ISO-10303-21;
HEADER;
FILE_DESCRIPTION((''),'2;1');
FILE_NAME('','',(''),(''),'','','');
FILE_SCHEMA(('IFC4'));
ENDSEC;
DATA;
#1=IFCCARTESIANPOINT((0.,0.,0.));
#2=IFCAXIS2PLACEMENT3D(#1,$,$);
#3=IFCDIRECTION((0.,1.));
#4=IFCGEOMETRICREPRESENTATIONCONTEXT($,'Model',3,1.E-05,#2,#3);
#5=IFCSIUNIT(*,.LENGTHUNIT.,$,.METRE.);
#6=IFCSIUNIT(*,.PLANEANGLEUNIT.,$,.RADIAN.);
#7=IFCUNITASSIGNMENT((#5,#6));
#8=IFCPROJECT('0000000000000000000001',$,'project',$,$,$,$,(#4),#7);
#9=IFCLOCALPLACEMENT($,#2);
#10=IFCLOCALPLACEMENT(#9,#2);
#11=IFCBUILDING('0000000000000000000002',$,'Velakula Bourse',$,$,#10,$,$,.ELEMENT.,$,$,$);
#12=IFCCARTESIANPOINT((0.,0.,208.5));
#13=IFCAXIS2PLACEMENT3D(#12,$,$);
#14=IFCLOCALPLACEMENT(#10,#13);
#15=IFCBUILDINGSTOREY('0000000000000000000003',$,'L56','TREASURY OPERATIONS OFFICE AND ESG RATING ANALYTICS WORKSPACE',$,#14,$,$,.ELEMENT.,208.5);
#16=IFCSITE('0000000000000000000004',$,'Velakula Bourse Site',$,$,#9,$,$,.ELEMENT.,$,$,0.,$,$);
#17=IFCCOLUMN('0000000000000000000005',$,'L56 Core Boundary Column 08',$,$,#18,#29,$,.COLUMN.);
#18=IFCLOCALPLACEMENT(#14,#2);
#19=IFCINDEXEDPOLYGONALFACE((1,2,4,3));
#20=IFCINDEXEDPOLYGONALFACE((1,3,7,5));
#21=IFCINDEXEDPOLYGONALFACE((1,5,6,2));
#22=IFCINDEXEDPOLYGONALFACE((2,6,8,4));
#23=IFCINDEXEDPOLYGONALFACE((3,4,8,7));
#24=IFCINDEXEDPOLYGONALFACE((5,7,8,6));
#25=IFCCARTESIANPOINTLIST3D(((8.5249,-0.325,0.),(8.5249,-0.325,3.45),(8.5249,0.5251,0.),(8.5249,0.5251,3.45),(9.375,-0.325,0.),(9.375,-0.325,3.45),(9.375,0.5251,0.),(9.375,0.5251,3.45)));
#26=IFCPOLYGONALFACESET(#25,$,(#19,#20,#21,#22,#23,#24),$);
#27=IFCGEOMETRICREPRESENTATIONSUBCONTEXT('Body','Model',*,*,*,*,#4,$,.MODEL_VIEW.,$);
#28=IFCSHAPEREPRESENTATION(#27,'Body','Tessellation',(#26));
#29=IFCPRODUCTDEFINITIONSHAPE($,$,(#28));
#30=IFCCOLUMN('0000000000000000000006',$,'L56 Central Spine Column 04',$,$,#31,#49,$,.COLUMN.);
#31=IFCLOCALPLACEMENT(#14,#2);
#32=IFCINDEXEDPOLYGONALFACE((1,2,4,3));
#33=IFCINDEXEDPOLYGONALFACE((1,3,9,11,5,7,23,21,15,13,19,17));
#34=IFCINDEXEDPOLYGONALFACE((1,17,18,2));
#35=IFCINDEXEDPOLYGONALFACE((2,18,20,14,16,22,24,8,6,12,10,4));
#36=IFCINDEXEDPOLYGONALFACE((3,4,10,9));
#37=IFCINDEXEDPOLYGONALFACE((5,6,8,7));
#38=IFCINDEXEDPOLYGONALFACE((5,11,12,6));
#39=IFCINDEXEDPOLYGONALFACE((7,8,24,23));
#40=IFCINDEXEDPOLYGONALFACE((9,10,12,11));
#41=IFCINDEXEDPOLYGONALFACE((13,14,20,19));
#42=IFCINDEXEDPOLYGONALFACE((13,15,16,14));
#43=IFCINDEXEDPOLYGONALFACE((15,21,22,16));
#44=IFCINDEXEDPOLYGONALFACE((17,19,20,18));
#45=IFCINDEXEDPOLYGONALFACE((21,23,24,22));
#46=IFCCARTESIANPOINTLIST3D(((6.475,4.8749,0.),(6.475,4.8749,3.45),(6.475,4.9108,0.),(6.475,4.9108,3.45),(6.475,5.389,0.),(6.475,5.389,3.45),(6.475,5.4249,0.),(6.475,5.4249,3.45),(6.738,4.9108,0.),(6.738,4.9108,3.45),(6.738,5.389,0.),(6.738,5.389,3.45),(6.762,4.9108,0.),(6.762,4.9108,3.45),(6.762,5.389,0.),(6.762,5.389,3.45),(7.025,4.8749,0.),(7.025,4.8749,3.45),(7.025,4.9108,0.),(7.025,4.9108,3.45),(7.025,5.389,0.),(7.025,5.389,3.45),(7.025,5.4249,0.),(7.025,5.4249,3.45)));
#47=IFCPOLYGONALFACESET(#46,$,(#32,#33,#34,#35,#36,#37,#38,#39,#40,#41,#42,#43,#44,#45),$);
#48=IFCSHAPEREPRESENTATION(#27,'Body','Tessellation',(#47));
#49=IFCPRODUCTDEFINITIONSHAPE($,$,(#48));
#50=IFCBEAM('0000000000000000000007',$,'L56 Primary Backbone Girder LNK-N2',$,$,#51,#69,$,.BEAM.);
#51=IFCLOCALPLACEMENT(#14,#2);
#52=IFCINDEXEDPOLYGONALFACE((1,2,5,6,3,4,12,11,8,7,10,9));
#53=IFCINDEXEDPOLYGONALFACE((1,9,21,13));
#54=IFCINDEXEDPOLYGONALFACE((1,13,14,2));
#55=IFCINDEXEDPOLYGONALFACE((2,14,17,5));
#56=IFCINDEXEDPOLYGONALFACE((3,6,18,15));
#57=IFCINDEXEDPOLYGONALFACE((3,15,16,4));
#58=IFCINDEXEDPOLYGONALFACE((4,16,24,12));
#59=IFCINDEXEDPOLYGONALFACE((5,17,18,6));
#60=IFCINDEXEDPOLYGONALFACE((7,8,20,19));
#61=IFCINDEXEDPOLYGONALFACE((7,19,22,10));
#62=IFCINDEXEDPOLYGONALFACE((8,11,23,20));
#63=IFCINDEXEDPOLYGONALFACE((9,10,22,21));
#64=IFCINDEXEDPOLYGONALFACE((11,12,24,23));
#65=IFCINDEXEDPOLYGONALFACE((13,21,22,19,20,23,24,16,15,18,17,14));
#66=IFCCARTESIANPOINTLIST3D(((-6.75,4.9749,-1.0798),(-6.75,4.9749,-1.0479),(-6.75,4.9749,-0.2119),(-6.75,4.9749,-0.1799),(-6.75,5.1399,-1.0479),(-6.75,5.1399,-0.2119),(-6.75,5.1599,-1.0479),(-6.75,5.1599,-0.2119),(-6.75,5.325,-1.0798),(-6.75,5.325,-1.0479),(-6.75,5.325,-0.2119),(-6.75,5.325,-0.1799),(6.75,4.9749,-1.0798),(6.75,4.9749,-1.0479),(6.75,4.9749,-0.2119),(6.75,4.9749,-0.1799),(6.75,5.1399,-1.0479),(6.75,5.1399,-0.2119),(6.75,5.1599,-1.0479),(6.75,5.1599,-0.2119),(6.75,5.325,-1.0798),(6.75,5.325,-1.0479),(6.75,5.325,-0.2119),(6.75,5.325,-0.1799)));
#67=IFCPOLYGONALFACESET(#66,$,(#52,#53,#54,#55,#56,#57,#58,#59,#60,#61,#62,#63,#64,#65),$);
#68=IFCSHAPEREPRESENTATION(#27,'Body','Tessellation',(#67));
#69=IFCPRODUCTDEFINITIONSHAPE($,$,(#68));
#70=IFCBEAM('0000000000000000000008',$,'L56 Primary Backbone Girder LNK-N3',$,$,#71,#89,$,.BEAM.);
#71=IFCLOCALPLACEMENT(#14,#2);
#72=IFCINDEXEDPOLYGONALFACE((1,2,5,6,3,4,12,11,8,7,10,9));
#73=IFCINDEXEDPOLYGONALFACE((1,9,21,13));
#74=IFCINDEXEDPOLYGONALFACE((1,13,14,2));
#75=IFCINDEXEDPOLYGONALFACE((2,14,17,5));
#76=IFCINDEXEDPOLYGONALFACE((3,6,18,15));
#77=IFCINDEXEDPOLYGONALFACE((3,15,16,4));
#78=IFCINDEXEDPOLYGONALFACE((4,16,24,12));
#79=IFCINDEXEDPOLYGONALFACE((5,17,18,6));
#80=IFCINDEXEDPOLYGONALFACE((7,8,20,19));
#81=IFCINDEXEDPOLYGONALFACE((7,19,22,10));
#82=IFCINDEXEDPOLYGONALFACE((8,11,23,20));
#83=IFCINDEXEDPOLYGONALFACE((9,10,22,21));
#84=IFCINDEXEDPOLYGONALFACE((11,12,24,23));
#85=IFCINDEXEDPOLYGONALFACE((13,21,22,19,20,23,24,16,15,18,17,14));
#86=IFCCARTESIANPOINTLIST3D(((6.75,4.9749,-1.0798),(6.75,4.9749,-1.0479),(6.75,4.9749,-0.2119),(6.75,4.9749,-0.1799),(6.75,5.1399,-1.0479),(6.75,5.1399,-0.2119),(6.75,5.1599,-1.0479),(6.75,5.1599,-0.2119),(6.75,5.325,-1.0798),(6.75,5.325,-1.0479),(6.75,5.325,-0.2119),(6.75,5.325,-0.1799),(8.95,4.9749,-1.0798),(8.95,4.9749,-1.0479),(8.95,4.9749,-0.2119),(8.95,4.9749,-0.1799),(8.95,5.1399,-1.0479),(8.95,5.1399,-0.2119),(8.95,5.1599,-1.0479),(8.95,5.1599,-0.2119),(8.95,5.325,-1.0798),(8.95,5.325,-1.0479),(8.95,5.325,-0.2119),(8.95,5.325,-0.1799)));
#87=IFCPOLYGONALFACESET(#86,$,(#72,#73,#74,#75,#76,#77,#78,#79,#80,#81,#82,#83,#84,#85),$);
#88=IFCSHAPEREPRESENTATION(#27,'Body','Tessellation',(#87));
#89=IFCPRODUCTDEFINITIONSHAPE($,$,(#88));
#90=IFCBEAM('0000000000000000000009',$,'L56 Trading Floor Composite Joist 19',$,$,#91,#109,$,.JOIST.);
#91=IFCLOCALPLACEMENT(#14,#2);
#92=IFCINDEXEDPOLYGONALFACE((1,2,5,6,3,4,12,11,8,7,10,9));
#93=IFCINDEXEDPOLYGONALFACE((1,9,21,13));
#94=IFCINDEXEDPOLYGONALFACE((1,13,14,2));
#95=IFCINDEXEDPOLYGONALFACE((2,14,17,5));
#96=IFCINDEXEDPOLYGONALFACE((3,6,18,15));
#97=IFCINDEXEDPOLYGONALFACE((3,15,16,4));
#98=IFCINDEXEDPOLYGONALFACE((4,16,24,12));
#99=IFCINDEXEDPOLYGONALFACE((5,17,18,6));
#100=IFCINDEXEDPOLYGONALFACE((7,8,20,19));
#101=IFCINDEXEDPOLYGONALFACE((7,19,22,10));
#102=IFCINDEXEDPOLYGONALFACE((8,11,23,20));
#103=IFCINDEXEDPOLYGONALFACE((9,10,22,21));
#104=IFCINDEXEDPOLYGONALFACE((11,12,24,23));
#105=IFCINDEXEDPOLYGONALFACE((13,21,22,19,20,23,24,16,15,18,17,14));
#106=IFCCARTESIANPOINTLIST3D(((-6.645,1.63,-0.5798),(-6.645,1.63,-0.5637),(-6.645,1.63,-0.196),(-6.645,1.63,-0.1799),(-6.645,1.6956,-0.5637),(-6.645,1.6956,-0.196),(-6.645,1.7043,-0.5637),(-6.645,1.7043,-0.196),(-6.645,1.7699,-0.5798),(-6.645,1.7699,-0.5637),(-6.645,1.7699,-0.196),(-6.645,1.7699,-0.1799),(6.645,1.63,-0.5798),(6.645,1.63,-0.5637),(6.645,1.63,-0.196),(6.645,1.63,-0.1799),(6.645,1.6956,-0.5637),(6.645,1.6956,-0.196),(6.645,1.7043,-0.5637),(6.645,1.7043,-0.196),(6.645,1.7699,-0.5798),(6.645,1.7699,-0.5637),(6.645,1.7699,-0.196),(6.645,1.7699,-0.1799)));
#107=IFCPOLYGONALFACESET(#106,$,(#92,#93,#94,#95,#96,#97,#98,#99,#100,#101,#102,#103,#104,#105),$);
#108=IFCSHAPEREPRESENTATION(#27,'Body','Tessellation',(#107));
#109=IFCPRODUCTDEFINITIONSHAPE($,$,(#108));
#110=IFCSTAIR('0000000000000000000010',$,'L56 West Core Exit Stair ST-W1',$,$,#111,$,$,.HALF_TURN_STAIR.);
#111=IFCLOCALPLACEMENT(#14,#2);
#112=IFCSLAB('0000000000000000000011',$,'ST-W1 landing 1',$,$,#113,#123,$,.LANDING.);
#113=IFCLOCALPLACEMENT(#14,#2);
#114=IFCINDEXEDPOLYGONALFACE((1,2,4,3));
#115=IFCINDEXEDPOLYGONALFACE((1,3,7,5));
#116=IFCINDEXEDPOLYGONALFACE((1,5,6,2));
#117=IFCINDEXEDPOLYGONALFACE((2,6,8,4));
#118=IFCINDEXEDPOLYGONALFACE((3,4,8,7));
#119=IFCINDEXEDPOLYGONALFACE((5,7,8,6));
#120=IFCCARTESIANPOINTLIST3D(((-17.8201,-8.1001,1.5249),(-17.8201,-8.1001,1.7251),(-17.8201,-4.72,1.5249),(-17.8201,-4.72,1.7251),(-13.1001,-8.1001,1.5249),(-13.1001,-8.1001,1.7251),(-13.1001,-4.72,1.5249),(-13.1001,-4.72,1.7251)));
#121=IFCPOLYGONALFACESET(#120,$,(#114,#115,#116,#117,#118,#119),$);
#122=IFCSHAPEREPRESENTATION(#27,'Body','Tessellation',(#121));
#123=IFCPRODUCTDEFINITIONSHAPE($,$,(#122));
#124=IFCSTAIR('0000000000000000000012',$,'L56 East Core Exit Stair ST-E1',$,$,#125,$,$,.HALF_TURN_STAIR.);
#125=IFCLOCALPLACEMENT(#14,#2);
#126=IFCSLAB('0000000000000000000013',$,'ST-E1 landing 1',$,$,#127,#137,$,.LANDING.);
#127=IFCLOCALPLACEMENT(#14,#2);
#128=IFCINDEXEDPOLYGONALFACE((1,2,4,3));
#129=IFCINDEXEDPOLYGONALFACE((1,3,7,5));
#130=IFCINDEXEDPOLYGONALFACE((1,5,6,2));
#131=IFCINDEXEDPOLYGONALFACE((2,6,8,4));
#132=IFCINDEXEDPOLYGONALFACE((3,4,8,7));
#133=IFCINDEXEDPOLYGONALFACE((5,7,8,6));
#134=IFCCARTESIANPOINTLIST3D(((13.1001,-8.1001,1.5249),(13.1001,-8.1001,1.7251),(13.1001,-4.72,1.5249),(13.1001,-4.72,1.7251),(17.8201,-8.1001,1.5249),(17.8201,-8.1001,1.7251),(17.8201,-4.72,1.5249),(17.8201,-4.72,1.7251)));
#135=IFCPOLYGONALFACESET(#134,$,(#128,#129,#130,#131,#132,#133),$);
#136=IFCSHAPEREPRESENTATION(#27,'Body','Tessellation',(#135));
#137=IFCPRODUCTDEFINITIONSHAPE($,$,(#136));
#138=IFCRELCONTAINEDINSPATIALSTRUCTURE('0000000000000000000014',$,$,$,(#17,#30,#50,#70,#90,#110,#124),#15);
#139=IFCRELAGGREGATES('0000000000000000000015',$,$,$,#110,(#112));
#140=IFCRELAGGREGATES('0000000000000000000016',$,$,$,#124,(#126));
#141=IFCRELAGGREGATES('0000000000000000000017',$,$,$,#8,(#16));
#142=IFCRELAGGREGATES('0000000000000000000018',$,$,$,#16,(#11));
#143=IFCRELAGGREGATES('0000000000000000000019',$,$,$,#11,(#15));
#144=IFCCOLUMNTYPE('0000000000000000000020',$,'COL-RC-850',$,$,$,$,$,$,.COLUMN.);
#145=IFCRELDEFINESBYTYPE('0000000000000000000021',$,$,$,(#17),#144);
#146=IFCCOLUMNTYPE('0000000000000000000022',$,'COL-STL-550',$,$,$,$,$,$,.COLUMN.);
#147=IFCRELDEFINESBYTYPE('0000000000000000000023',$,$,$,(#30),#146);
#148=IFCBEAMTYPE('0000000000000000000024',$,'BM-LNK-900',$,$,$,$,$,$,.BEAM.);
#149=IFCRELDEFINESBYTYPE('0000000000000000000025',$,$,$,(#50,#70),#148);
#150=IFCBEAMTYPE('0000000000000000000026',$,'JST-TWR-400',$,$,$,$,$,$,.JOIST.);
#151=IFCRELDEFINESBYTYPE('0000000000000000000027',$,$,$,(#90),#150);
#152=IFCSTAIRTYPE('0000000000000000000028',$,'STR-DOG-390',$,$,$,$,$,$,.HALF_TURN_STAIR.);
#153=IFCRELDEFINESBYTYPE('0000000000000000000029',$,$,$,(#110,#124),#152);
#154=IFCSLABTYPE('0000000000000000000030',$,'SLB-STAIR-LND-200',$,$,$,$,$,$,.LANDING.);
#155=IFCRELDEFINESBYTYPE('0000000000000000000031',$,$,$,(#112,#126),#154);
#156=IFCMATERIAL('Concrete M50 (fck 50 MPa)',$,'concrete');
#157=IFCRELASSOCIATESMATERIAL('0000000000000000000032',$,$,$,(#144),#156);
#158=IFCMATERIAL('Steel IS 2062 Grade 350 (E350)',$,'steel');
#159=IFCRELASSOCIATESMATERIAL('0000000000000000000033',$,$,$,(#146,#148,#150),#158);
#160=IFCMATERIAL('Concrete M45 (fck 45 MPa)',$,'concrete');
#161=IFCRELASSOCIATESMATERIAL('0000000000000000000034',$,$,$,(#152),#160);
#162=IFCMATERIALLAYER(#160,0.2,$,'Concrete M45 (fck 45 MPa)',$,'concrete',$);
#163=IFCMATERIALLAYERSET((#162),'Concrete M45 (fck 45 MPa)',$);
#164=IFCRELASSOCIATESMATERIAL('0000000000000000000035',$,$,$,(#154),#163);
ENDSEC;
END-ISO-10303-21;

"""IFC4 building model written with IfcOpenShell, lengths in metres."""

from ifc_helpers import new_model, si_unit, direction, frame, origin, origin_2d, place, context, subcontext, project, spatial, polyline, rectangle, i_section, outline, extrude, material, layer, layer_set, material_profile, profile_set, type_object, element, aggregate, save


model = new_model("IFC4")

# Units and contexts
model_context = context("Model", 3, precision=1e-05, world=origin(), true_north=direction((0.0, 1.0)))
body_context = subcontext(model_context, "Body", "Model", "MODEL_VIEW")
ifc_project = project(units=[si_unit("LENGTHUNIT", "METRE"), si_unit("PLANEANGLEUNIT", "RADIAN")], contexts=[model_context])

# Site, building, storey
site_placement = place(None, origin())
site = spatial("IfcSite", under=ifc_project, at=site_placement, Name="Velakula Bourse Site", CompositionType="ELEMENT", RefElevation=0.0)
building_placement = place(site_placement, origin())
building = spatial("IfcBuilding", under=site, at=building_placement, Name="Velakula Bourse", CompositionType="ELEMENT")
storey_placement = place(building_placement, frame((0.0, 0.0, 208.5)))
storey = spatial("IfcBuildingStorey", under=building, at=storey_placement, Name="L56", Description="TREASURY OPERATIONS OFFICE AND ESG RATING ANALYTICS WORKSPACE", CompositionType="ELEMENT", Elevation=208.5)

# Columns
ifc_material_1 = material(Name="Concrete M50 (fck 50 MPa)", Category="concrete")
ifc_material_profile_1 = material_profile(ifc_material_1, rectangle(XDim=0.8501, YDim=0.8501, at=origin_2d()), Name="Concrete M50 (fck 50 MPa)")
ifc_profile_set_1 = profile_set([ifc_material_profile_1], Name="Concrete M50 (fck 50 MPa)")
column_type_1 = type_object("IfcColumnType", Name="COL-RC-850", PredefinedType="COLUMN", material=ifc_profile_set_1)
column_1_placement = place(storey_placement, frame((8.95, 0.1001, 0.0), z_axis=(0.0, 0.0, 1.0), x_axis=(1.0, 0.0, 0.0)))
element("IfcColumn", 1, at=column_1_placement, inside=storey, type_object=column_type_1, Name="L56 Core Boundary Column 08", PredefinedType="COLUMN", context=body_context, shape_type="SweptSolid", body=[
    extrude(rectangle(XDim=0.8501, YDim=0.8501, at=origin_2d()), origin(), (0.0, 0.0, 1.0), 3.45),
])
ifc_material_2 = material(Name="Steel IS 2062 Grade 350 (E350)", Category="steel")
ifc_material_profile_2 = material_profile(ifc_material_2, i_section(OverallWidth=0.55, OverallDepth=0.55, WebThickness=0.0239, FlangeThickness=0.0359, at=origin_2d()), Name="Steel IS 2062 Grade 350 (E350)")
ifc_profile_set_2 = profile_set([ifc_material_profile_2], Name="Steel IS 2062 Grade 350 (E350)")
column_type_2 = type_object("IfcColumnType", Name="COL-STL-550", PredefinedType="COLUMN", material=ifc_profile_set_2)
column_2_placement = place(storey_placement, frame((6.75, 5.1499, 0.0), z_axis=(0.0, 0.0, 1.0), x_axis=(1.0, 0.0, 0.0)))
element("IfcColumn", 2, at=column_2_placement, inside=storey, type_object=column_type_2, Name="L56 Central Spine Column 04", PredefinedType="COLUMN", context=body_context, shape_type="SweptSolid", body=[
    extrude(i_section(OverallWidth=0.55, OverallDepth=0.55, WebThickness=0.0239, FlangeThickness=0.0359, at=origin_2d()), origin(), (0.0, 0.0, 1.0), 3.45),
])

# Beams
ifc_material_profile_3 = material_profile(ifc_material_2, i_section(OverallWidth=0.3501, OverallDepth=0.8999, WebThickness=0.02, FlangeThickness=0.032, at=origin_2d()), Name="Steel IS 2062 Grade 350 (E350)")
ifc_profile_set_3 = profile_set([ifc_material_profile_3], Name="Steel IS 2062 Grade 350 (E350)")
beam_type_1 = type_object("IfcBeamType", Name="BM-LNK-900", PredefinedType="BEAM", material=ifc_profile_set_3)
beam_1_placement = place(storey_placement, frame((-6.75, 5.1499, -0.6299), z_axis=(1.0, 0.0, 0.0), x_axis=(0.0, 1.0, 0.0)))
element("IfcBeam", 3, at=beam_1_placement, inside=storey, type_object=beam_type_1, Name="L56 Primary Backbone Girder LNK-N2", PredefinedType="BEAM", context=body_context, shape_type="SweptSolid", body=[
    extrude(i_section(OverallWidth=0.3501, OverallDepth=0.8999, WebThickness=0.02, FlangeThickness=0.032, at=origin_2d()), origin(), (0.0, 0.0, 1.0), 13.5),
])
beam_2_placement = place(storey_placement, frame((6.75, 5.1499, -0.6299), z_axis=(1.0, 0.0, 0.0), x_axis=(0.0, 1.0, 0.0)))
element("IfcBeam", 4, at=beam_2_placement, inside=storey, type_object=beam_type_1, Name="L56 Primary Backbone Girder LNK-N3", PredefinedType="BEAM", context=body_context, shape_type="SweptSolid", body=[
    extrude(i_section(OverallWidth=0.3501, OverallDepth=0.8999, WebThickness=0.02, FlangeThickness=0.032, at=origin_2d()), origin(), (0.0, 0.0, 1.0), 2.2),
])
ifc_material_profile_4 = material_profile(ifc_material_2, i_section(OverallWidth=0.1399, OverallDepth=0.3999, WebThickness=0.0088, FlangeThickness=0.0161, at=origin_2d()), Name="Steel IS 2062 Grade 350 (E350)")
ifc_profile_set_4 = profile_set([ifc_material_profile_4], Name="Steel IS 2062 Grade 350 (E350)")
beam_type_2 = type_object("IfcBeamType", Name="JST-TWR-400", PredefinedType="JOIST", material=ifc_profile_set_4)
beam_3_placement = place(storey_placement, frame((-6.645, 1.7, -0.3799), z_axis=(1.0, 0.0, 0.0), x_axis=(0.0, 1.0, 0.0)))
element("IfcBeam", 5, at=beam_3_placement, inside=storey, type_object=beam_type_2, Name="L56 Trading Floor Composite Joist 19", PredefinedType="JOIST", context=body_context, shape_type="SweptSolid", body=[
    extrude(i_section(OverallWidth=0.1399, OverallDepth=0.3999, WebThickness=0.0088, FlangeThickness=0.0161, at=origin_2d()), origin(), (0.0, 0.0, 1.0), 13.29),
])

# Stairs, slabs
ifc_material_3 = material(Name="Concrete M45 (fck 45 MPa)", Category="concrete")
stair_type = type_object("IfcStairType", Name="STR-DOG-390", PredefinedType="HALF_TURN_STAIR", material=ifc_material_3)
stair_1_placement = place(storey_placement, origin())
stair_1 = element("IfcStair", 6, at=stair_1_placement, inside=storey, type_object=stair_type, Name="L56 West Core Exit Stair ST-W1", PredefinedType="HALF_TURN_STAIR")
ifc_layer_1 = layer(ifc_material_3, 0.2, Name="Concrete M45 (fck 45 MPa)", Category="concrete")
ifc_layer_set_1 = layer_set([ifc_layer_1], Name="Concrete M45 (fck 45 MPa)")
slab_type_1 = type_object("IfcSlabType", Name="SLB-STAIR-LND-200", PredefinedType="LANDING", material=ifc_layer_set_1)
slab_1_placement = place(storey_placement, frame((0.0, 0.0, 1.5249)))
slab_1 = element("IfcSlab", 7, at=slab_1_placement, type_object=slab_type_1, Name="ST-W1 landing 1", PredefinedType="LANDING", context=body_context, shape_type="SweptSolid", body=[
    extrude(outline(polyline([(-17.8201, -4.72), (-17.8201, -8.1001), (-13.1001, -8.1001), (-13.1001, -4.72), (-17.8201, -4.72)])), origin(), (0.0, 0.0, 1.0), 0.2002),
])
aggregate(stair_1, [slab_1])
stair_2_placement = place(storey_placement, origin())
stair_2 = element("IfcStair", 8, at=stair_2_placement, inside=storey, type_object=stair_type, Name="L56 East Core Exit Stair ST-E1", PredefinedType="HALF_TURN_STAIR")
slab_2_placement = place(storey_placement, frame((0.0, 0.0, 1.5249)))
slab_2 = element("IfcSlab", 9, at=slab_2_placement, type_object=slab_type_1, Name="ST-E1 landing 1", PredefinedType="LANDING", context=body_context, shape_type="SweptSolid", body=[
    extrude(outline(polyline([(13.1001, -4.72), (13.1001, -8.1001), (17.8201, -8.1001), (17.8201, -4.72), (13.1001, -4.72)])), origin(), (0.0, 0.0, 1.0), 0.2002),
])
aggregate(stair_2, [slab_2])

save(model, "model.ifc")
